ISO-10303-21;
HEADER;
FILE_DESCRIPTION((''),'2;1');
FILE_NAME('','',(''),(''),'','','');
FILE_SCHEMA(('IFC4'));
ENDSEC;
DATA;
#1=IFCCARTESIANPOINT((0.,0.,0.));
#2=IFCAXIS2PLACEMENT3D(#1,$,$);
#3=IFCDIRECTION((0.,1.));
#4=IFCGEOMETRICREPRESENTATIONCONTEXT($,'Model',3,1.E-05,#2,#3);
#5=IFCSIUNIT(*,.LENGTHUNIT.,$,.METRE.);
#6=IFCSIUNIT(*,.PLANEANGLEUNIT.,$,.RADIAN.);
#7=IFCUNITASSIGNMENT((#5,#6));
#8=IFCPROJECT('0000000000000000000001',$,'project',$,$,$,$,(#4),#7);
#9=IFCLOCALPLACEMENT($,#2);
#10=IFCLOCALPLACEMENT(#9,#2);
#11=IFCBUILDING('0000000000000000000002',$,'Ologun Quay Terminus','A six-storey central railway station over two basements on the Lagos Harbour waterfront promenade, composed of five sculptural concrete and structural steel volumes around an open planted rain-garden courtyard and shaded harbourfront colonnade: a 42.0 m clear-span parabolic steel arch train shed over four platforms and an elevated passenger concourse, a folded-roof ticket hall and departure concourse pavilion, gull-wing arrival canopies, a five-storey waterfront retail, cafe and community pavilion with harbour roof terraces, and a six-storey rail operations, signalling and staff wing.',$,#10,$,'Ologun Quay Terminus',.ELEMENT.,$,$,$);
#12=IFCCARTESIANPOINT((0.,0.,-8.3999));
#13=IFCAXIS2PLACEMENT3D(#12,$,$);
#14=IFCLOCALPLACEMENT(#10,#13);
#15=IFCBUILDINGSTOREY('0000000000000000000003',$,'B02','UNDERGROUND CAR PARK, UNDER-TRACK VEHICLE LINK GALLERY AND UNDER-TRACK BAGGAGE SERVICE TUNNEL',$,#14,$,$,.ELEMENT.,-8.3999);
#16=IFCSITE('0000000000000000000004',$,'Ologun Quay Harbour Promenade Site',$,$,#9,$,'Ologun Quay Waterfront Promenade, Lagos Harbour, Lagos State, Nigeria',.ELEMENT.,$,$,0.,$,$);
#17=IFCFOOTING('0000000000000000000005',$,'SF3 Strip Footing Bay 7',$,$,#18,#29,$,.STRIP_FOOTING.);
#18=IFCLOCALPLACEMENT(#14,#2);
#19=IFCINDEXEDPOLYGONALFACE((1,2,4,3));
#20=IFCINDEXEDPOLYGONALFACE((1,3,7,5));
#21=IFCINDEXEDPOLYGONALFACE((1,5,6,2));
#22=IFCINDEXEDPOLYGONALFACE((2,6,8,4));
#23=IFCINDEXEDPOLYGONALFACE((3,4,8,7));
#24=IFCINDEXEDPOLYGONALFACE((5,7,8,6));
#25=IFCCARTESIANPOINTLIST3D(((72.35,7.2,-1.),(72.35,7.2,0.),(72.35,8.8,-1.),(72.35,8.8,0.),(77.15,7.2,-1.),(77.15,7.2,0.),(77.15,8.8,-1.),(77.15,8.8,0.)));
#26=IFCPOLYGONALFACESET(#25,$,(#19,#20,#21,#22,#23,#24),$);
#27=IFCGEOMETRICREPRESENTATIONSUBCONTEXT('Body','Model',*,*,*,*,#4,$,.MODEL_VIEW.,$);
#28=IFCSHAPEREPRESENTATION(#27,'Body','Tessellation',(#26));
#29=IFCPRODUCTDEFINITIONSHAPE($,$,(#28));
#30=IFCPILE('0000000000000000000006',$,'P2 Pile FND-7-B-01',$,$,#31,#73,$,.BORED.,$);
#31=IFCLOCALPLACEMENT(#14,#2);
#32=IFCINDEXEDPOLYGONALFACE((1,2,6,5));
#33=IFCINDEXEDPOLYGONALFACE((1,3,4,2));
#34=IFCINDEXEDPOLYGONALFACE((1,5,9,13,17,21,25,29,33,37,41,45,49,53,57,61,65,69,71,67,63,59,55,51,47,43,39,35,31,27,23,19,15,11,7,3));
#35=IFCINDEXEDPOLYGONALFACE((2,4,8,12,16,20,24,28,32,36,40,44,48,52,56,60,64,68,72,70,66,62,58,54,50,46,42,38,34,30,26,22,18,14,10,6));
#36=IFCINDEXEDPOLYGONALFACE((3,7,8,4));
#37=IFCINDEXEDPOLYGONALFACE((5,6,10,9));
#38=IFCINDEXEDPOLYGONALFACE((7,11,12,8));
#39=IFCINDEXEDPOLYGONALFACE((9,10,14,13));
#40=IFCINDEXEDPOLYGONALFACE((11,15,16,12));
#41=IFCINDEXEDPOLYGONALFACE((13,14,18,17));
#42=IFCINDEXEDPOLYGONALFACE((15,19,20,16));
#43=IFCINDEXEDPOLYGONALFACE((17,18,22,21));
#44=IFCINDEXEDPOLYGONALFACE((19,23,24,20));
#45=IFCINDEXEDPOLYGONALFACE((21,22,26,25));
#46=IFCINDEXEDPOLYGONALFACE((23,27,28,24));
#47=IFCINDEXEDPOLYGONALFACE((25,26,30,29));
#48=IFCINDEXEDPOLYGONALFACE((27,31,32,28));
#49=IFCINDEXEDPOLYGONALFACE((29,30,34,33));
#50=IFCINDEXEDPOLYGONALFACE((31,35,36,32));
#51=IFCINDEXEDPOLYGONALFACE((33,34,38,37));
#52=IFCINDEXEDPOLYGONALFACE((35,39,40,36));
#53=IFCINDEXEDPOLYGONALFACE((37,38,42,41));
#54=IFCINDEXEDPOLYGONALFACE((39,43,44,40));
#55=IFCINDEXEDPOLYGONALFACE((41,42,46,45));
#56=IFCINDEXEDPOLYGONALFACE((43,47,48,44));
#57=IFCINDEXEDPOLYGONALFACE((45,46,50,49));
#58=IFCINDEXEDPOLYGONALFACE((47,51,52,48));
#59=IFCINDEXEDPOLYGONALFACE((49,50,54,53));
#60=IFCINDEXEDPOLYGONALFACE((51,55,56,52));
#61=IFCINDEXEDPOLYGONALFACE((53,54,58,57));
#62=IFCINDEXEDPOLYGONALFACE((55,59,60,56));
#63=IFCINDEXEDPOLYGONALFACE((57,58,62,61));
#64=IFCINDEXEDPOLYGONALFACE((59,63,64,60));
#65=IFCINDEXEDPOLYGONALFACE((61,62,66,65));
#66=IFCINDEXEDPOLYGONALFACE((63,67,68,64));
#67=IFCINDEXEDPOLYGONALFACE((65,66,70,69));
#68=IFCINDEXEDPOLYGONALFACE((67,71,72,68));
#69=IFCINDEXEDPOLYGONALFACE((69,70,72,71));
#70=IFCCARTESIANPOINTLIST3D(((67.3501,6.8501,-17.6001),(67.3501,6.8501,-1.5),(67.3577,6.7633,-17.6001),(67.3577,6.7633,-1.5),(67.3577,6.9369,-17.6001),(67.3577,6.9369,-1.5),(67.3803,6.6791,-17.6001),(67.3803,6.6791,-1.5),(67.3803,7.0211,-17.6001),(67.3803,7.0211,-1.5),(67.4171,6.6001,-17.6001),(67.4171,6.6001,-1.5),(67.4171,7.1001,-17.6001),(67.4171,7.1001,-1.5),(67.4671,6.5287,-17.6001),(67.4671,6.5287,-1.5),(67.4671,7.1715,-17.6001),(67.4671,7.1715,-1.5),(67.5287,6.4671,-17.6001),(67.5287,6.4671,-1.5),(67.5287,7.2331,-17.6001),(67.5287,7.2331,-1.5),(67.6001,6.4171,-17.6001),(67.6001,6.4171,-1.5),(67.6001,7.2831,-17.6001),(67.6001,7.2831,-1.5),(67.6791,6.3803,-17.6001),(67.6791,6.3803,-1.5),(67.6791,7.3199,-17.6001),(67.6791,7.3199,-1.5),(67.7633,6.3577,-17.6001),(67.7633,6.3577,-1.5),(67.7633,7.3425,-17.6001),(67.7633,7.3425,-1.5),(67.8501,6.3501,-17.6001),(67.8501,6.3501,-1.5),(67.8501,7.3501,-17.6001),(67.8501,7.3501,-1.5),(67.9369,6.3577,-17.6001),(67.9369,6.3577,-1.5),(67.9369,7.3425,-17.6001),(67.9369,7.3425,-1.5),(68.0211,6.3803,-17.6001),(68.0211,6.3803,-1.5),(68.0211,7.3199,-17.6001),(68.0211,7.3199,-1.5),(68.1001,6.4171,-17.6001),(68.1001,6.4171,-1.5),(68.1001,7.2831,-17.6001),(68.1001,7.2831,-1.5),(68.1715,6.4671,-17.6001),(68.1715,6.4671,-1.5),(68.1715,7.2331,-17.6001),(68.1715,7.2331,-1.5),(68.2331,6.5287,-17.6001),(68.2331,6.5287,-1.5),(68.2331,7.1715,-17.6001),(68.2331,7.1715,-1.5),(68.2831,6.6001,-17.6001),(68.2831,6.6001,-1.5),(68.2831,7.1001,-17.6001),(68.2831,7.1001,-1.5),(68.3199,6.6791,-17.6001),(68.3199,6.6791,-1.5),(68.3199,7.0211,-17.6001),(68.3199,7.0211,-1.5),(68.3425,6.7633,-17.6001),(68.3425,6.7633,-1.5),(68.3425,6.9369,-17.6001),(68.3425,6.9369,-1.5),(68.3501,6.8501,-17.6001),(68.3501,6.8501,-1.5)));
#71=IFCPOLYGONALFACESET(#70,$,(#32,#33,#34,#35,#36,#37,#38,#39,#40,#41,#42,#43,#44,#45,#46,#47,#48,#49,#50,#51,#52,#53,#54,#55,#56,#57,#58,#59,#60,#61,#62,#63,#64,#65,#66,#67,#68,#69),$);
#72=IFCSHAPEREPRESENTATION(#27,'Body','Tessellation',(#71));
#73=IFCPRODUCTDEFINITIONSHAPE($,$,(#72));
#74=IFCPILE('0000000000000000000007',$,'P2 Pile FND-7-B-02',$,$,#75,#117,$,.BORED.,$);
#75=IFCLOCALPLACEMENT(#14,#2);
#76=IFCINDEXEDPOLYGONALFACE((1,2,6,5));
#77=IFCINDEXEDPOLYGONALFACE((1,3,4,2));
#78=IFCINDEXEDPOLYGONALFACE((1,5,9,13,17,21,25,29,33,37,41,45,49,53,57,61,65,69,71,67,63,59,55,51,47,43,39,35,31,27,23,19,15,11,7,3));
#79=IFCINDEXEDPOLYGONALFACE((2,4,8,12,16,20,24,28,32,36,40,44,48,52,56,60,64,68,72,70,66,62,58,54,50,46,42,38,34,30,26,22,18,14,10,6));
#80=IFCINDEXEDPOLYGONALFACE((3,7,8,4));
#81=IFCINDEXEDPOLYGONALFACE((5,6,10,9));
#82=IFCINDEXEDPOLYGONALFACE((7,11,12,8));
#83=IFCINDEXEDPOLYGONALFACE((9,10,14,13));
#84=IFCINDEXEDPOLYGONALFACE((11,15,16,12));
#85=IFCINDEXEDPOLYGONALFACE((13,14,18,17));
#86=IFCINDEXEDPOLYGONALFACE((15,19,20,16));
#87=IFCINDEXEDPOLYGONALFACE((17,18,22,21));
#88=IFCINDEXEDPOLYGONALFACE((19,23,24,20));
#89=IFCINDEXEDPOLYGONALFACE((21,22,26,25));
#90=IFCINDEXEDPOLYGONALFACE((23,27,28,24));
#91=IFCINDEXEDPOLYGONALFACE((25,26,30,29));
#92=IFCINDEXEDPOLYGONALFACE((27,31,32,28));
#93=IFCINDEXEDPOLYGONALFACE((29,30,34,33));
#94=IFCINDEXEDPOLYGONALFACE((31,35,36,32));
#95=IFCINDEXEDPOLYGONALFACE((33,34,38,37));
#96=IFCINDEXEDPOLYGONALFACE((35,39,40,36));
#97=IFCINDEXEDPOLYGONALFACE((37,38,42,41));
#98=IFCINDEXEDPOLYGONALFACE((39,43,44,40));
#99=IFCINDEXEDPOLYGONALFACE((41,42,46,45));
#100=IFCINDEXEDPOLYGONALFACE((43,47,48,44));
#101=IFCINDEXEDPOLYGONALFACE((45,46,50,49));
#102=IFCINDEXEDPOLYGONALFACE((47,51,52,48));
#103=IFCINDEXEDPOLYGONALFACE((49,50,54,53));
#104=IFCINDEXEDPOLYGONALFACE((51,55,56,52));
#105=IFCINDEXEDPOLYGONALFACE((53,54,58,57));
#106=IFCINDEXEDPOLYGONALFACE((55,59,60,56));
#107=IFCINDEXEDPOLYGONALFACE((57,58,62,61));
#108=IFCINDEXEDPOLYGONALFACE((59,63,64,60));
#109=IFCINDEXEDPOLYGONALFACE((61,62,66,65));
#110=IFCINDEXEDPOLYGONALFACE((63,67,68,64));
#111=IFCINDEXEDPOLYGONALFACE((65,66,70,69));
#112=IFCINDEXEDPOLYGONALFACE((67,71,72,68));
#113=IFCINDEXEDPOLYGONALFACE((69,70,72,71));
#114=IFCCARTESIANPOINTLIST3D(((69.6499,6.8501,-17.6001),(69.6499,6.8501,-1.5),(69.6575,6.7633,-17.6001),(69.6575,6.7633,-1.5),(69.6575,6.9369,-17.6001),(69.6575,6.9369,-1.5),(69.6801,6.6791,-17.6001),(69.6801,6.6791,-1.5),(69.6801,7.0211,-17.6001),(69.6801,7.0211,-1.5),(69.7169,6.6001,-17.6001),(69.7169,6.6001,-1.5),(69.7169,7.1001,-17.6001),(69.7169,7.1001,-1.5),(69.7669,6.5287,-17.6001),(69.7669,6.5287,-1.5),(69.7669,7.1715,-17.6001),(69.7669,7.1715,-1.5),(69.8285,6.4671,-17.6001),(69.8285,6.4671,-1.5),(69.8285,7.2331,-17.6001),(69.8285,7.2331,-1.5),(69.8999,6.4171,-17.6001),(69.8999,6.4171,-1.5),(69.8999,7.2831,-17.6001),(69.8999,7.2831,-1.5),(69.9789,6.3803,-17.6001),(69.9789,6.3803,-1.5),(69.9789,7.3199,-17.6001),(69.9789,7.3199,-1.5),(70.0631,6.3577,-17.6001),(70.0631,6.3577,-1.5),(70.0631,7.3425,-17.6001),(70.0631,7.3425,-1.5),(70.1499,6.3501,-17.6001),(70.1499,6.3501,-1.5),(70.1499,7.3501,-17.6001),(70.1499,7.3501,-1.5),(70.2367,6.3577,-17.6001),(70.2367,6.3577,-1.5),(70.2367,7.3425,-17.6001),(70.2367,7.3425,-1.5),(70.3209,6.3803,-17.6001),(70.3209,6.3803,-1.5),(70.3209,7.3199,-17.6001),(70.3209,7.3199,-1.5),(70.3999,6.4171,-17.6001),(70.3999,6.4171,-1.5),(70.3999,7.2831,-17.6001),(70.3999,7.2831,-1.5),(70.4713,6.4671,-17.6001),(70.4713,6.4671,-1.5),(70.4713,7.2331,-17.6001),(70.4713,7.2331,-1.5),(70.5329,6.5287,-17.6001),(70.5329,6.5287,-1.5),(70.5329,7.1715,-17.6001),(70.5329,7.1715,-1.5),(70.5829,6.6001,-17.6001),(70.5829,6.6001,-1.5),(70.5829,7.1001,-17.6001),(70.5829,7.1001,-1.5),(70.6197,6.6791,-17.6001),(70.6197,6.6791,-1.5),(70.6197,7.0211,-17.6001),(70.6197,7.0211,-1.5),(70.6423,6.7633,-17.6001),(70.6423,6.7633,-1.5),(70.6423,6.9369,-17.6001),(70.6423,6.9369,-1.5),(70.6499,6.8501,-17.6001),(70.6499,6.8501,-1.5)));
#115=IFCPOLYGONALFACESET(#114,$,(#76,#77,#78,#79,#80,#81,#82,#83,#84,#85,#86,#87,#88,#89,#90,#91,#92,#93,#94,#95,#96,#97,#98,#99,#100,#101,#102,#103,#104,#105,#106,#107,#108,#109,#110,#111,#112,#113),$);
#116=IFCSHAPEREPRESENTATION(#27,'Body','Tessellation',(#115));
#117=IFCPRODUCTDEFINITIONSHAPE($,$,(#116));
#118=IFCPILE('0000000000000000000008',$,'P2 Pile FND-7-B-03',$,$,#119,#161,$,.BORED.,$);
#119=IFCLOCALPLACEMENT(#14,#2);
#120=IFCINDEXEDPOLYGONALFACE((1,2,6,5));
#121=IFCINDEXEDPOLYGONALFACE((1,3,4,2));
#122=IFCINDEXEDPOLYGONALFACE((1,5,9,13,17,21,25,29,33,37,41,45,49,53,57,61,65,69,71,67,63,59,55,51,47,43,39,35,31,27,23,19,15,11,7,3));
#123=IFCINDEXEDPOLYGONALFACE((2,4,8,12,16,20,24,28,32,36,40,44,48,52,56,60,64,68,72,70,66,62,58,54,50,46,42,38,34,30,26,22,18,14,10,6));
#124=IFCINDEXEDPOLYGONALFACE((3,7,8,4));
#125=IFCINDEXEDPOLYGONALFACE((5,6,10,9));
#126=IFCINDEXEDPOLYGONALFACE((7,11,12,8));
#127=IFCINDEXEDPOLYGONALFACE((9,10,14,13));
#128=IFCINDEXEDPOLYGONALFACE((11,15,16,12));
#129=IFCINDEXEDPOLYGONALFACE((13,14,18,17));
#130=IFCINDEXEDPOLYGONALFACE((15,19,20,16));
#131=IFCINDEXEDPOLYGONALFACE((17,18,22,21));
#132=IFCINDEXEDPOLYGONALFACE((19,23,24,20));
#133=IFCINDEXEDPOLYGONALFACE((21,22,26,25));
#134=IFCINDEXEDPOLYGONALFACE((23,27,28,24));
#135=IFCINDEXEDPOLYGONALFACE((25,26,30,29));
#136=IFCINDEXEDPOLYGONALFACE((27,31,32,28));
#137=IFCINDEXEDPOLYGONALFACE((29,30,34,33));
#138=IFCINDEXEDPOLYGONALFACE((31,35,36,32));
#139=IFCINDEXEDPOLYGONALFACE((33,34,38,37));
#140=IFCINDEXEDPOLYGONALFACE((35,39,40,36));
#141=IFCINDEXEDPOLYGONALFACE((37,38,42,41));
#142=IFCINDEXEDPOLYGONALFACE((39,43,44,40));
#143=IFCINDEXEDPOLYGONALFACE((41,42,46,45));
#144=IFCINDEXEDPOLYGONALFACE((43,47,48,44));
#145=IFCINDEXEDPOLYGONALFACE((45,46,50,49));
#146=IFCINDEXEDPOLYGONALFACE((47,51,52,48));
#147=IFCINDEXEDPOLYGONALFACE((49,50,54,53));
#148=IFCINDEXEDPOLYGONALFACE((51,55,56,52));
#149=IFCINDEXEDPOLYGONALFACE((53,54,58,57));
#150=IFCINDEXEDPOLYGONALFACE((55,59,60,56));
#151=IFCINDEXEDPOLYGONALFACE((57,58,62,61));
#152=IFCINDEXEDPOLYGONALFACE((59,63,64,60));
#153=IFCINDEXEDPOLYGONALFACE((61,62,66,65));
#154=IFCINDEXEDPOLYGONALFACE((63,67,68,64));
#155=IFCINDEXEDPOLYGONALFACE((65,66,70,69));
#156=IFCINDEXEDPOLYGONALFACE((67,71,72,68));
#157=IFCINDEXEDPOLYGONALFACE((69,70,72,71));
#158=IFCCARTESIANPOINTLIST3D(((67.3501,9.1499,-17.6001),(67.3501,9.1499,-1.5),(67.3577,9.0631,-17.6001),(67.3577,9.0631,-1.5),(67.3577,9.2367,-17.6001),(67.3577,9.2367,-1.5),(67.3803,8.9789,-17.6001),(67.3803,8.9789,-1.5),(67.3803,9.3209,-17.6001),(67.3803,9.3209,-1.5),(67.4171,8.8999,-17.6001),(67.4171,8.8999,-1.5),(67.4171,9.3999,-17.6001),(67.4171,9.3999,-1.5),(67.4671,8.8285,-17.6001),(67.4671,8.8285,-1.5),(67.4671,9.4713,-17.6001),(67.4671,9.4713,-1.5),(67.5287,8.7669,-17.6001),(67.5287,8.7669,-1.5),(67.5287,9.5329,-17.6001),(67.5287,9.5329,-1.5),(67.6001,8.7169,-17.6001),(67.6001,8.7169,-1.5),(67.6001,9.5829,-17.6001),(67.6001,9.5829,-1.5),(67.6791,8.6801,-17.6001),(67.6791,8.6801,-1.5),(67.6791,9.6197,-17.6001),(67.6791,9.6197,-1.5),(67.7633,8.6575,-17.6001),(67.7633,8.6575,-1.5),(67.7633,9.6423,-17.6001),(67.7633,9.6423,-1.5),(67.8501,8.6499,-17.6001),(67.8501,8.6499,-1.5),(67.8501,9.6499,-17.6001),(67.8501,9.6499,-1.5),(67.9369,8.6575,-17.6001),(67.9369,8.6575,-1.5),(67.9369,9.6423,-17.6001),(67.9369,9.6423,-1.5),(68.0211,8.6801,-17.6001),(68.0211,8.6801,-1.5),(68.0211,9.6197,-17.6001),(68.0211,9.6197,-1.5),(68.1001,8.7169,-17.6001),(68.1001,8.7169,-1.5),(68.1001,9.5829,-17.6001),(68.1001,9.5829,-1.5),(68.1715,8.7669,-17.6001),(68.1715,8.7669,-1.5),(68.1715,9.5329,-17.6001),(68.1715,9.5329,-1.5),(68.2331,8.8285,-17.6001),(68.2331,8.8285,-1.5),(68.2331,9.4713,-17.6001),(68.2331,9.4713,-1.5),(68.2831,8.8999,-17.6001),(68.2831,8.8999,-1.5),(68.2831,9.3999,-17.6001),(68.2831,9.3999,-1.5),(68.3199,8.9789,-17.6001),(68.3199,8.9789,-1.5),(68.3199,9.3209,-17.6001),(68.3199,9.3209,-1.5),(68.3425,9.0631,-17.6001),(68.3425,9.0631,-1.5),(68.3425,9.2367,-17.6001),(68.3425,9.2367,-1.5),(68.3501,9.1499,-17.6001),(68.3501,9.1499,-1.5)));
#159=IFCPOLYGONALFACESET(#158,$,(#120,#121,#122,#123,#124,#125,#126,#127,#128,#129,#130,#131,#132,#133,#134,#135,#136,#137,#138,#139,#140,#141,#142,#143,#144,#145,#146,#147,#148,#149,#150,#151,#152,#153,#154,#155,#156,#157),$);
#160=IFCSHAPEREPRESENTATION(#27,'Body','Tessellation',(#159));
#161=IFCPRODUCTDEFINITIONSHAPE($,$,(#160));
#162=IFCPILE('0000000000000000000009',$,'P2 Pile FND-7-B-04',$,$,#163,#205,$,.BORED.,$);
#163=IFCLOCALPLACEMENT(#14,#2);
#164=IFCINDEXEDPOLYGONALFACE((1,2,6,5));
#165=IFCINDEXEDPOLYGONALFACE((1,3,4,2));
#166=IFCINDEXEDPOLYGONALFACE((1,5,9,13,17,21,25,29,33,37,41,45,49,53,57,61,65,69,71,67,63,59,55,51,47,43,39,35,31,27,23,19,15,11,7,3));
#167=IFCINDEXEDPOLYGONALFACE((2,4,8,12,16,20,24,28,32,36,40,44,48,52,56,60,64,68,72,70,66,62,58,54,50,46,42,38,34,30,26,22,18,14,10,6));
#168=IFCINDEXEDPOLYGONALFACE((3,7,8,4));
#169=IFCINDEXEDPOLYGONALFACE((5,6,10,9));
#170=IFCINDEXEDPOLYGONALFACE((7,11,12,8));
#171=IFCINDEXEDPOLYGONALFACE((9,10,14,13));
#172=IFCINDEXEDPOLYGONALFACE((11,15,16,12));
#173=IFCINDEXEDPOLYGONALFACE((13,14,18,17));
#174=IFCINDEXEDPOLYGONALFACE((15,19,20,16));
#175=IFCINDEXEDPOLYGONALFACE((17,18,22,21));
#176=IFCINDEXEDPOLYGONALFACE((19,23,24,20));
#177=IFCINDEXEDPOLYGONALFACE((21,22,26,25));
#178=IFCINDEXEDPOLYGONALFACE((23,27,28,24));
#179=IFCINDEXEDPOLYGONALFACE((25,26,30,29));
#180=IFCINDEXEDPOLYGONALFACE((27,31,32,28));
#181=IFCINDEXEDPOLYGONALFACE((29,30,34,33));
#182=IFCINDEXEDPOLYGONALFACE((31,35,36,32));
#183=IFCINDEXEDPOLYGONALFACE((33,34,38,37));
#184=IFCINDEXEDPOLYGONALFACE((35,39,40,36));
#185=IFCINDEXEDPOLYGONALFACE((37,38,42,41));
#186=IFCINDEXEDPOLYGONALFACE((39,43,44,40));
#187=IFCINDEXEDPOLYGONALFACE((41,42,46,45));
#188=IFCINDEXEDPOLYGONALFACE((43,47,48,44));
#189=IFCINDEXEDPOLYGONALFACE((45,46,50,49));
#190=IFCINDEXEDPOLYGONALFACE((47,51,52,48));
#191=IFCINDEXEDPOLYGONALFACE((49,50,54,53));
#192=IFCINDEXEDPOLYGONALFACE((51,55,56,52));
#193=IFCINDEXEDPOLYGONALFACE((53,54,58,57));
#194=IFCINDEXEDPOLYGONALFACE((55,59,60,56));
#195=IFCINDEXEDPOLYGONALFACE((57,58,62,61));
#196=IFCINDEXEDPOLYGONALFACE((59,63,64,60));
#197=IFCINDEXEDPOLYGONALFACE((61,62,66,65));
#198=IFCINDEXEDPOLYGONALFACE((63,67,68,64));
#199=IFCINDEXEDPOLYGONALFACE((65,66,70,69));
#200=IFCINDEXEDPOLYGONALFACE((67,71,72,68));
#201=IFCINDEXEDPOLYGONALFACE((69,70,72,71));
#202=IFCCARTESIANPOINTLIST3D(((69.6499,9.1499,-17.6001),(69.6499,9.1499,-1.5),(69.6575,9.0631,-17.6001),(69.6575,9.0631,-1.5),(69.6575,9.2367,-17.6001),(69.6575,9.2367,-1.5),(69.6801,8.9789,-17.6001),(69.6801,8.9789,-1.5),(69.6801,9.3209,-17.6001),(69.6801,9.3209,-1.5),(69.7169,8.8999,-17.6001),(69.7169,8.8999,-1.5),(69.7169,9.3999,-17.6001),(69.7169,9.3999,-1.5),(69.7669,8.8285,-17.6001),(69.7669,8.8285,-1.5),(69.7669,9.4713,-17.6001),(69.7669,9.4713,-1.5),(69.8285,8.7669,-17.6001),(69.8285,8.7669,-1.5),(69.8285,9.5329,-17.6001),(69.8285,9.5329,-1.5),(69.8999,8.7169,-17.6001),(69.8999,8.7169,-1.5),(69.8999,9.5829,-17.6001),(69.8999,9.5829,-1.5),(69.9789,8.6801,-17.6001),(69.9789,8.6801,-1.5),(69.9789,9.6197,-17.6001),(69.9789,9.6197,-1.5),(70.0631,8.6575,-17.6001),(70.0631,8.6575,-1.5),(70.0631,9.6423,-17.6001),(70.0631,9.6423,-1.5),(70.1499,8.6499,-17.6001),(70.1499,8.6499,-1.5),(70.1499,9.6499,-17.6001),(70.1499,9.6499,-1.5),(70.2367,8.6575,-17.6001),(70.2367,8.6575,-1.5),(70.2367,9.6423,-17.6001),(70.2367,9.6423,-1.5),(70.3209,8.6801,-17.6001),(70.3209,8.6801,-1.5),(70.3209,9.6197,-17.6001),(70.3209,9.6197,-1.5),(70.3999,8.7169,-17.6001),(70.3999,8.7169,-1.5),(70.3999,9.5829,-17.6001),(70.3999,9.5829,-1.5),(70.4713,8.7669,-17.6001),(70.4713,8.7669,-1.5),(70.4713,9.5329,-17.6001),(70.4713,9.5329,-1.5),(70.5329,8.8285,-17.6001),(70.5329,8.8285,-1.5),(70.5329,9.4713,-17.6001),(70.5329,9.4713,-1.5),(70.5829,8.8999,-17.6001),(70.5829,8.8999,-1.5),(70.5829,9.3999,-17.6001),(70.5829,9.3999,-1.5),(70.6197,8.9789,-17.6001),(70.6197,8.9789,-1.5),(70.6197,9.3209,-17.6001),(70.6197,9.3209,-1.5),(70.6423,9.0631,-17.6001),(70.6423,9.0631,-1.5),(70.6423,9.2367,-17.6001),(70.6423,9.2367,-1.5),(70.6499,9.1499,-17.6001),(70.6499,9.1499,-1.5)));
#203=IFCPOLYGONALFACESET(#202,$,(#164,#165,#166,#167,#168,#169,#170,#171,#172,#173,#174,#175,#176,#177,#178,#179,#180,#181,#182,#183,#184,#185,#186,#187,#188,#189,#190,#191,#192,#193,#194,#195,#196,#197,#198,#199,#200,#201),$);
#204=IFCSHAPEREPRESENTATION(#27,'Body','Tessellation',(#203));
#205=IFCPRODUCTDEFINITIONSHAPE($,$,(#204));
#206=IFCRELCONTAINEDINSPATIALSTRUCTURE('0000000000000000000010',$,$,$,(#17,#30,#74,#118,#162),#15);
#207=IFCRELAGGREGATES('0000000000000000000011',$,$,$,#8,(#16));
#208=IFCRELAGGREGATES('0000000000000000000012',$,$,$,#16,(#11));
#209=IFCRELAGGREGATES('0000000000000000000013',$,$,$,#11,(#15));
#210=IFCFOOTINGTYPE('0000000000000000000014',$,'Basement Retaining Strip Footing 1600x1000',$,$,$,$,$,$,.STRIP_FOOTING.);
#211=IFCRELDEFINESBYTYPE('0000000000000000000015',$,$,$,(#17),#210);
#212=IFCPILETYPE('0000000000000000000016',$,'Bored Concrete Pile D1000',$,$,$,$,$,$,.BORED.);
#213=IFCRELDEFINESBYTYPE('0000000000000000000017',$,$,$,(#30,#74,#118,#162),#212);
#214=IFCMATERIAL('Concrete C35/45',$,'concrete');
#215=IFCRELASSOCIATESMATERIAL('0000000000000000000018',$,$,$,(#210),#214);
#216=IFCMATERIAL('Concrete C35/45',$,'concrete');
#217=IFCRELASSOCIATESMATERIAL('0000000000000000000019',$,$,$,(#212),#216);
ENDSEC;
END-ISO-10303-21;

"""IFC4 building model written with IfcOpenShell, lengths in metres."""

from ifc_helpers import new_model, si_unit, direction, frame, origin, origin_2d, place, context, subcontext, project, spatial, rectangle, circle, extrude, material, material_profile, profile_set, type_object, element, save


model = new_model("IFC4")

# Units and contexts
model_context = context("Model", 3, precision=1e-05, world=origin(), true_north=direction((0.0, 1.0)))
body_context = subcontext(model_context, "Body", "Model", "MODEL_VIEW")
ifc_project = project(units=[si_unit("LENGTHUNIT", "METRE"), si_unit("PLANEANGLEUNIT", "RADIAN")], contexts=[model_context])

# Site, building, storey
site_placement = place(None, origin())
site = spatial("IfcSite", under=ifc_project, at=site_placement, Name="Ologun Quay Harbour Promenade Site", LongName="Ologun Quay Waterfront Promenade, Lagos Harbour, Lagos State, Nigeria", CompositionType="ELEMENT", RefElevation=0.0)
building_placement = place(site_placement, origin())
building = spatial("IfcBuilding", under=site, at=building_placement, Name="Ologun Quay Terminus", Description="A six-storey central railway station over two basements on the Lagos Harbour waterfront promenade, composed of five sculptural concrete and structural steel volumes around an open planted rain-garden courtyard and shaded harbourfront colonnade: a 42.0 m clear-span parabolic steel arch train shed over four platforms and an elevated passenger concourse, a folded-roof ticket hall and departure concourse pavilion, gull-wing arrival canopies, a five-storey waterfront retail, cafe and community pavilion with harbour roof terraces, and a six-storey rail operations, signalling and staff wing.", LongName="Ologun Quay Terminus", CompositionType="ELEMENT")
storey_placement = place(building_placement, frame((0.0, 0.0, -8.3999)))
storey = spatial("IfcBuildingStorey", under=building, at=storey_placement, Name="B02", Description="UNDERGROUND CAR PARK, UNDER-TRACK VEHICLE LINK GALLERY AND UNDER-TRACK BAGGAGE SERVICE TUNNEL", CompositionType="ELEMENT", Elevation=-8.3999)

# Footing
ifc_material_1 = material(Name="Concrete C35/45", Category="concrete")
footing_type_1 = type_object("IfcFootingType", Name="Basement Retaining Strip Footing 1600x1000", PredefinedType="STRIP_FOOTING", material=ifc_material_1)
footing_placement = place(storey_placement, frame((74.75, 8.0, -1.0), z_axis=(0.0, 0.0, 1.0), x_axis=(1.0, 0.0, 0.0)))
element("IfcFooting", 1, at=footing_placement, inside=storey, type_object=footing_type_1, Name="SF3 Strip Footing Bay 7", PredefinedType="STRIP_FOOTING", context=body_context, shape_type="SweptSolid", body=[
    extrude(rectangle(XDim=4.8, YDim=1.6001, at=origin_2d()), origin(), (0.0, 0.0, 1.0), 1.0),
])

# Piles
ifc_material_2 = material(Name="Concrete C35/45", Category="concrete")
ifc_material_profile_1 = material_profile(ifc_material_2, circle(Radius=0.5, at=origin_2d()), Name="PILE D1000")
ifc_profile_set_1 = profile_set([ifc_material_profile_1], Name="Concrete C35/45")
pile_type_1 = type_object("IfcPileType", Name="Bored Concrete Pile D1000", PredefinedType="BORED", material=ifc_profile_set_1)
for number, where, z_axis, x_axis, name in (
    (2, (67.8501, 6.8501, -1.5), (0.0, 0.0, -1.0), (1.0, 0.0, 0.0), "P2 Pile FND-7-B-01"),
    (3, (70.1499, 6.8501, -1.5), (0.0, 0.0, -1.0), (1.0, 0.0, 0.0), "P2 Pile FND-7-B-02"),
    (4, (67.8501, 9.1499, -1.5), (0.0, 0.0, -1.0), (1.0, 0.0, 0.0), "P2 Pile FND-7-B-03"),
    (5, (70.1499, 9.1499, -1.5), (0.0, 0.0, -1.0), (1.0, 0.0, 0.0), "P2 Pile FND-7-B-04"),
):
    element("IfcPile", number, at=place(storey_placement, frame(where, z_axis=z_axis, x_axis=x_axis)), inside=storey, type_object=pile_type_1, Name=name, PredefinedType="BORED", context=body_context, shape_type="SweptSolid", body=[
        extrude(circle(Radius=0.5, at=origin_2d()), origin(), (0.0, 0.0, 1.0), 16.1001),
    ])

save(model, "model.ifc")
